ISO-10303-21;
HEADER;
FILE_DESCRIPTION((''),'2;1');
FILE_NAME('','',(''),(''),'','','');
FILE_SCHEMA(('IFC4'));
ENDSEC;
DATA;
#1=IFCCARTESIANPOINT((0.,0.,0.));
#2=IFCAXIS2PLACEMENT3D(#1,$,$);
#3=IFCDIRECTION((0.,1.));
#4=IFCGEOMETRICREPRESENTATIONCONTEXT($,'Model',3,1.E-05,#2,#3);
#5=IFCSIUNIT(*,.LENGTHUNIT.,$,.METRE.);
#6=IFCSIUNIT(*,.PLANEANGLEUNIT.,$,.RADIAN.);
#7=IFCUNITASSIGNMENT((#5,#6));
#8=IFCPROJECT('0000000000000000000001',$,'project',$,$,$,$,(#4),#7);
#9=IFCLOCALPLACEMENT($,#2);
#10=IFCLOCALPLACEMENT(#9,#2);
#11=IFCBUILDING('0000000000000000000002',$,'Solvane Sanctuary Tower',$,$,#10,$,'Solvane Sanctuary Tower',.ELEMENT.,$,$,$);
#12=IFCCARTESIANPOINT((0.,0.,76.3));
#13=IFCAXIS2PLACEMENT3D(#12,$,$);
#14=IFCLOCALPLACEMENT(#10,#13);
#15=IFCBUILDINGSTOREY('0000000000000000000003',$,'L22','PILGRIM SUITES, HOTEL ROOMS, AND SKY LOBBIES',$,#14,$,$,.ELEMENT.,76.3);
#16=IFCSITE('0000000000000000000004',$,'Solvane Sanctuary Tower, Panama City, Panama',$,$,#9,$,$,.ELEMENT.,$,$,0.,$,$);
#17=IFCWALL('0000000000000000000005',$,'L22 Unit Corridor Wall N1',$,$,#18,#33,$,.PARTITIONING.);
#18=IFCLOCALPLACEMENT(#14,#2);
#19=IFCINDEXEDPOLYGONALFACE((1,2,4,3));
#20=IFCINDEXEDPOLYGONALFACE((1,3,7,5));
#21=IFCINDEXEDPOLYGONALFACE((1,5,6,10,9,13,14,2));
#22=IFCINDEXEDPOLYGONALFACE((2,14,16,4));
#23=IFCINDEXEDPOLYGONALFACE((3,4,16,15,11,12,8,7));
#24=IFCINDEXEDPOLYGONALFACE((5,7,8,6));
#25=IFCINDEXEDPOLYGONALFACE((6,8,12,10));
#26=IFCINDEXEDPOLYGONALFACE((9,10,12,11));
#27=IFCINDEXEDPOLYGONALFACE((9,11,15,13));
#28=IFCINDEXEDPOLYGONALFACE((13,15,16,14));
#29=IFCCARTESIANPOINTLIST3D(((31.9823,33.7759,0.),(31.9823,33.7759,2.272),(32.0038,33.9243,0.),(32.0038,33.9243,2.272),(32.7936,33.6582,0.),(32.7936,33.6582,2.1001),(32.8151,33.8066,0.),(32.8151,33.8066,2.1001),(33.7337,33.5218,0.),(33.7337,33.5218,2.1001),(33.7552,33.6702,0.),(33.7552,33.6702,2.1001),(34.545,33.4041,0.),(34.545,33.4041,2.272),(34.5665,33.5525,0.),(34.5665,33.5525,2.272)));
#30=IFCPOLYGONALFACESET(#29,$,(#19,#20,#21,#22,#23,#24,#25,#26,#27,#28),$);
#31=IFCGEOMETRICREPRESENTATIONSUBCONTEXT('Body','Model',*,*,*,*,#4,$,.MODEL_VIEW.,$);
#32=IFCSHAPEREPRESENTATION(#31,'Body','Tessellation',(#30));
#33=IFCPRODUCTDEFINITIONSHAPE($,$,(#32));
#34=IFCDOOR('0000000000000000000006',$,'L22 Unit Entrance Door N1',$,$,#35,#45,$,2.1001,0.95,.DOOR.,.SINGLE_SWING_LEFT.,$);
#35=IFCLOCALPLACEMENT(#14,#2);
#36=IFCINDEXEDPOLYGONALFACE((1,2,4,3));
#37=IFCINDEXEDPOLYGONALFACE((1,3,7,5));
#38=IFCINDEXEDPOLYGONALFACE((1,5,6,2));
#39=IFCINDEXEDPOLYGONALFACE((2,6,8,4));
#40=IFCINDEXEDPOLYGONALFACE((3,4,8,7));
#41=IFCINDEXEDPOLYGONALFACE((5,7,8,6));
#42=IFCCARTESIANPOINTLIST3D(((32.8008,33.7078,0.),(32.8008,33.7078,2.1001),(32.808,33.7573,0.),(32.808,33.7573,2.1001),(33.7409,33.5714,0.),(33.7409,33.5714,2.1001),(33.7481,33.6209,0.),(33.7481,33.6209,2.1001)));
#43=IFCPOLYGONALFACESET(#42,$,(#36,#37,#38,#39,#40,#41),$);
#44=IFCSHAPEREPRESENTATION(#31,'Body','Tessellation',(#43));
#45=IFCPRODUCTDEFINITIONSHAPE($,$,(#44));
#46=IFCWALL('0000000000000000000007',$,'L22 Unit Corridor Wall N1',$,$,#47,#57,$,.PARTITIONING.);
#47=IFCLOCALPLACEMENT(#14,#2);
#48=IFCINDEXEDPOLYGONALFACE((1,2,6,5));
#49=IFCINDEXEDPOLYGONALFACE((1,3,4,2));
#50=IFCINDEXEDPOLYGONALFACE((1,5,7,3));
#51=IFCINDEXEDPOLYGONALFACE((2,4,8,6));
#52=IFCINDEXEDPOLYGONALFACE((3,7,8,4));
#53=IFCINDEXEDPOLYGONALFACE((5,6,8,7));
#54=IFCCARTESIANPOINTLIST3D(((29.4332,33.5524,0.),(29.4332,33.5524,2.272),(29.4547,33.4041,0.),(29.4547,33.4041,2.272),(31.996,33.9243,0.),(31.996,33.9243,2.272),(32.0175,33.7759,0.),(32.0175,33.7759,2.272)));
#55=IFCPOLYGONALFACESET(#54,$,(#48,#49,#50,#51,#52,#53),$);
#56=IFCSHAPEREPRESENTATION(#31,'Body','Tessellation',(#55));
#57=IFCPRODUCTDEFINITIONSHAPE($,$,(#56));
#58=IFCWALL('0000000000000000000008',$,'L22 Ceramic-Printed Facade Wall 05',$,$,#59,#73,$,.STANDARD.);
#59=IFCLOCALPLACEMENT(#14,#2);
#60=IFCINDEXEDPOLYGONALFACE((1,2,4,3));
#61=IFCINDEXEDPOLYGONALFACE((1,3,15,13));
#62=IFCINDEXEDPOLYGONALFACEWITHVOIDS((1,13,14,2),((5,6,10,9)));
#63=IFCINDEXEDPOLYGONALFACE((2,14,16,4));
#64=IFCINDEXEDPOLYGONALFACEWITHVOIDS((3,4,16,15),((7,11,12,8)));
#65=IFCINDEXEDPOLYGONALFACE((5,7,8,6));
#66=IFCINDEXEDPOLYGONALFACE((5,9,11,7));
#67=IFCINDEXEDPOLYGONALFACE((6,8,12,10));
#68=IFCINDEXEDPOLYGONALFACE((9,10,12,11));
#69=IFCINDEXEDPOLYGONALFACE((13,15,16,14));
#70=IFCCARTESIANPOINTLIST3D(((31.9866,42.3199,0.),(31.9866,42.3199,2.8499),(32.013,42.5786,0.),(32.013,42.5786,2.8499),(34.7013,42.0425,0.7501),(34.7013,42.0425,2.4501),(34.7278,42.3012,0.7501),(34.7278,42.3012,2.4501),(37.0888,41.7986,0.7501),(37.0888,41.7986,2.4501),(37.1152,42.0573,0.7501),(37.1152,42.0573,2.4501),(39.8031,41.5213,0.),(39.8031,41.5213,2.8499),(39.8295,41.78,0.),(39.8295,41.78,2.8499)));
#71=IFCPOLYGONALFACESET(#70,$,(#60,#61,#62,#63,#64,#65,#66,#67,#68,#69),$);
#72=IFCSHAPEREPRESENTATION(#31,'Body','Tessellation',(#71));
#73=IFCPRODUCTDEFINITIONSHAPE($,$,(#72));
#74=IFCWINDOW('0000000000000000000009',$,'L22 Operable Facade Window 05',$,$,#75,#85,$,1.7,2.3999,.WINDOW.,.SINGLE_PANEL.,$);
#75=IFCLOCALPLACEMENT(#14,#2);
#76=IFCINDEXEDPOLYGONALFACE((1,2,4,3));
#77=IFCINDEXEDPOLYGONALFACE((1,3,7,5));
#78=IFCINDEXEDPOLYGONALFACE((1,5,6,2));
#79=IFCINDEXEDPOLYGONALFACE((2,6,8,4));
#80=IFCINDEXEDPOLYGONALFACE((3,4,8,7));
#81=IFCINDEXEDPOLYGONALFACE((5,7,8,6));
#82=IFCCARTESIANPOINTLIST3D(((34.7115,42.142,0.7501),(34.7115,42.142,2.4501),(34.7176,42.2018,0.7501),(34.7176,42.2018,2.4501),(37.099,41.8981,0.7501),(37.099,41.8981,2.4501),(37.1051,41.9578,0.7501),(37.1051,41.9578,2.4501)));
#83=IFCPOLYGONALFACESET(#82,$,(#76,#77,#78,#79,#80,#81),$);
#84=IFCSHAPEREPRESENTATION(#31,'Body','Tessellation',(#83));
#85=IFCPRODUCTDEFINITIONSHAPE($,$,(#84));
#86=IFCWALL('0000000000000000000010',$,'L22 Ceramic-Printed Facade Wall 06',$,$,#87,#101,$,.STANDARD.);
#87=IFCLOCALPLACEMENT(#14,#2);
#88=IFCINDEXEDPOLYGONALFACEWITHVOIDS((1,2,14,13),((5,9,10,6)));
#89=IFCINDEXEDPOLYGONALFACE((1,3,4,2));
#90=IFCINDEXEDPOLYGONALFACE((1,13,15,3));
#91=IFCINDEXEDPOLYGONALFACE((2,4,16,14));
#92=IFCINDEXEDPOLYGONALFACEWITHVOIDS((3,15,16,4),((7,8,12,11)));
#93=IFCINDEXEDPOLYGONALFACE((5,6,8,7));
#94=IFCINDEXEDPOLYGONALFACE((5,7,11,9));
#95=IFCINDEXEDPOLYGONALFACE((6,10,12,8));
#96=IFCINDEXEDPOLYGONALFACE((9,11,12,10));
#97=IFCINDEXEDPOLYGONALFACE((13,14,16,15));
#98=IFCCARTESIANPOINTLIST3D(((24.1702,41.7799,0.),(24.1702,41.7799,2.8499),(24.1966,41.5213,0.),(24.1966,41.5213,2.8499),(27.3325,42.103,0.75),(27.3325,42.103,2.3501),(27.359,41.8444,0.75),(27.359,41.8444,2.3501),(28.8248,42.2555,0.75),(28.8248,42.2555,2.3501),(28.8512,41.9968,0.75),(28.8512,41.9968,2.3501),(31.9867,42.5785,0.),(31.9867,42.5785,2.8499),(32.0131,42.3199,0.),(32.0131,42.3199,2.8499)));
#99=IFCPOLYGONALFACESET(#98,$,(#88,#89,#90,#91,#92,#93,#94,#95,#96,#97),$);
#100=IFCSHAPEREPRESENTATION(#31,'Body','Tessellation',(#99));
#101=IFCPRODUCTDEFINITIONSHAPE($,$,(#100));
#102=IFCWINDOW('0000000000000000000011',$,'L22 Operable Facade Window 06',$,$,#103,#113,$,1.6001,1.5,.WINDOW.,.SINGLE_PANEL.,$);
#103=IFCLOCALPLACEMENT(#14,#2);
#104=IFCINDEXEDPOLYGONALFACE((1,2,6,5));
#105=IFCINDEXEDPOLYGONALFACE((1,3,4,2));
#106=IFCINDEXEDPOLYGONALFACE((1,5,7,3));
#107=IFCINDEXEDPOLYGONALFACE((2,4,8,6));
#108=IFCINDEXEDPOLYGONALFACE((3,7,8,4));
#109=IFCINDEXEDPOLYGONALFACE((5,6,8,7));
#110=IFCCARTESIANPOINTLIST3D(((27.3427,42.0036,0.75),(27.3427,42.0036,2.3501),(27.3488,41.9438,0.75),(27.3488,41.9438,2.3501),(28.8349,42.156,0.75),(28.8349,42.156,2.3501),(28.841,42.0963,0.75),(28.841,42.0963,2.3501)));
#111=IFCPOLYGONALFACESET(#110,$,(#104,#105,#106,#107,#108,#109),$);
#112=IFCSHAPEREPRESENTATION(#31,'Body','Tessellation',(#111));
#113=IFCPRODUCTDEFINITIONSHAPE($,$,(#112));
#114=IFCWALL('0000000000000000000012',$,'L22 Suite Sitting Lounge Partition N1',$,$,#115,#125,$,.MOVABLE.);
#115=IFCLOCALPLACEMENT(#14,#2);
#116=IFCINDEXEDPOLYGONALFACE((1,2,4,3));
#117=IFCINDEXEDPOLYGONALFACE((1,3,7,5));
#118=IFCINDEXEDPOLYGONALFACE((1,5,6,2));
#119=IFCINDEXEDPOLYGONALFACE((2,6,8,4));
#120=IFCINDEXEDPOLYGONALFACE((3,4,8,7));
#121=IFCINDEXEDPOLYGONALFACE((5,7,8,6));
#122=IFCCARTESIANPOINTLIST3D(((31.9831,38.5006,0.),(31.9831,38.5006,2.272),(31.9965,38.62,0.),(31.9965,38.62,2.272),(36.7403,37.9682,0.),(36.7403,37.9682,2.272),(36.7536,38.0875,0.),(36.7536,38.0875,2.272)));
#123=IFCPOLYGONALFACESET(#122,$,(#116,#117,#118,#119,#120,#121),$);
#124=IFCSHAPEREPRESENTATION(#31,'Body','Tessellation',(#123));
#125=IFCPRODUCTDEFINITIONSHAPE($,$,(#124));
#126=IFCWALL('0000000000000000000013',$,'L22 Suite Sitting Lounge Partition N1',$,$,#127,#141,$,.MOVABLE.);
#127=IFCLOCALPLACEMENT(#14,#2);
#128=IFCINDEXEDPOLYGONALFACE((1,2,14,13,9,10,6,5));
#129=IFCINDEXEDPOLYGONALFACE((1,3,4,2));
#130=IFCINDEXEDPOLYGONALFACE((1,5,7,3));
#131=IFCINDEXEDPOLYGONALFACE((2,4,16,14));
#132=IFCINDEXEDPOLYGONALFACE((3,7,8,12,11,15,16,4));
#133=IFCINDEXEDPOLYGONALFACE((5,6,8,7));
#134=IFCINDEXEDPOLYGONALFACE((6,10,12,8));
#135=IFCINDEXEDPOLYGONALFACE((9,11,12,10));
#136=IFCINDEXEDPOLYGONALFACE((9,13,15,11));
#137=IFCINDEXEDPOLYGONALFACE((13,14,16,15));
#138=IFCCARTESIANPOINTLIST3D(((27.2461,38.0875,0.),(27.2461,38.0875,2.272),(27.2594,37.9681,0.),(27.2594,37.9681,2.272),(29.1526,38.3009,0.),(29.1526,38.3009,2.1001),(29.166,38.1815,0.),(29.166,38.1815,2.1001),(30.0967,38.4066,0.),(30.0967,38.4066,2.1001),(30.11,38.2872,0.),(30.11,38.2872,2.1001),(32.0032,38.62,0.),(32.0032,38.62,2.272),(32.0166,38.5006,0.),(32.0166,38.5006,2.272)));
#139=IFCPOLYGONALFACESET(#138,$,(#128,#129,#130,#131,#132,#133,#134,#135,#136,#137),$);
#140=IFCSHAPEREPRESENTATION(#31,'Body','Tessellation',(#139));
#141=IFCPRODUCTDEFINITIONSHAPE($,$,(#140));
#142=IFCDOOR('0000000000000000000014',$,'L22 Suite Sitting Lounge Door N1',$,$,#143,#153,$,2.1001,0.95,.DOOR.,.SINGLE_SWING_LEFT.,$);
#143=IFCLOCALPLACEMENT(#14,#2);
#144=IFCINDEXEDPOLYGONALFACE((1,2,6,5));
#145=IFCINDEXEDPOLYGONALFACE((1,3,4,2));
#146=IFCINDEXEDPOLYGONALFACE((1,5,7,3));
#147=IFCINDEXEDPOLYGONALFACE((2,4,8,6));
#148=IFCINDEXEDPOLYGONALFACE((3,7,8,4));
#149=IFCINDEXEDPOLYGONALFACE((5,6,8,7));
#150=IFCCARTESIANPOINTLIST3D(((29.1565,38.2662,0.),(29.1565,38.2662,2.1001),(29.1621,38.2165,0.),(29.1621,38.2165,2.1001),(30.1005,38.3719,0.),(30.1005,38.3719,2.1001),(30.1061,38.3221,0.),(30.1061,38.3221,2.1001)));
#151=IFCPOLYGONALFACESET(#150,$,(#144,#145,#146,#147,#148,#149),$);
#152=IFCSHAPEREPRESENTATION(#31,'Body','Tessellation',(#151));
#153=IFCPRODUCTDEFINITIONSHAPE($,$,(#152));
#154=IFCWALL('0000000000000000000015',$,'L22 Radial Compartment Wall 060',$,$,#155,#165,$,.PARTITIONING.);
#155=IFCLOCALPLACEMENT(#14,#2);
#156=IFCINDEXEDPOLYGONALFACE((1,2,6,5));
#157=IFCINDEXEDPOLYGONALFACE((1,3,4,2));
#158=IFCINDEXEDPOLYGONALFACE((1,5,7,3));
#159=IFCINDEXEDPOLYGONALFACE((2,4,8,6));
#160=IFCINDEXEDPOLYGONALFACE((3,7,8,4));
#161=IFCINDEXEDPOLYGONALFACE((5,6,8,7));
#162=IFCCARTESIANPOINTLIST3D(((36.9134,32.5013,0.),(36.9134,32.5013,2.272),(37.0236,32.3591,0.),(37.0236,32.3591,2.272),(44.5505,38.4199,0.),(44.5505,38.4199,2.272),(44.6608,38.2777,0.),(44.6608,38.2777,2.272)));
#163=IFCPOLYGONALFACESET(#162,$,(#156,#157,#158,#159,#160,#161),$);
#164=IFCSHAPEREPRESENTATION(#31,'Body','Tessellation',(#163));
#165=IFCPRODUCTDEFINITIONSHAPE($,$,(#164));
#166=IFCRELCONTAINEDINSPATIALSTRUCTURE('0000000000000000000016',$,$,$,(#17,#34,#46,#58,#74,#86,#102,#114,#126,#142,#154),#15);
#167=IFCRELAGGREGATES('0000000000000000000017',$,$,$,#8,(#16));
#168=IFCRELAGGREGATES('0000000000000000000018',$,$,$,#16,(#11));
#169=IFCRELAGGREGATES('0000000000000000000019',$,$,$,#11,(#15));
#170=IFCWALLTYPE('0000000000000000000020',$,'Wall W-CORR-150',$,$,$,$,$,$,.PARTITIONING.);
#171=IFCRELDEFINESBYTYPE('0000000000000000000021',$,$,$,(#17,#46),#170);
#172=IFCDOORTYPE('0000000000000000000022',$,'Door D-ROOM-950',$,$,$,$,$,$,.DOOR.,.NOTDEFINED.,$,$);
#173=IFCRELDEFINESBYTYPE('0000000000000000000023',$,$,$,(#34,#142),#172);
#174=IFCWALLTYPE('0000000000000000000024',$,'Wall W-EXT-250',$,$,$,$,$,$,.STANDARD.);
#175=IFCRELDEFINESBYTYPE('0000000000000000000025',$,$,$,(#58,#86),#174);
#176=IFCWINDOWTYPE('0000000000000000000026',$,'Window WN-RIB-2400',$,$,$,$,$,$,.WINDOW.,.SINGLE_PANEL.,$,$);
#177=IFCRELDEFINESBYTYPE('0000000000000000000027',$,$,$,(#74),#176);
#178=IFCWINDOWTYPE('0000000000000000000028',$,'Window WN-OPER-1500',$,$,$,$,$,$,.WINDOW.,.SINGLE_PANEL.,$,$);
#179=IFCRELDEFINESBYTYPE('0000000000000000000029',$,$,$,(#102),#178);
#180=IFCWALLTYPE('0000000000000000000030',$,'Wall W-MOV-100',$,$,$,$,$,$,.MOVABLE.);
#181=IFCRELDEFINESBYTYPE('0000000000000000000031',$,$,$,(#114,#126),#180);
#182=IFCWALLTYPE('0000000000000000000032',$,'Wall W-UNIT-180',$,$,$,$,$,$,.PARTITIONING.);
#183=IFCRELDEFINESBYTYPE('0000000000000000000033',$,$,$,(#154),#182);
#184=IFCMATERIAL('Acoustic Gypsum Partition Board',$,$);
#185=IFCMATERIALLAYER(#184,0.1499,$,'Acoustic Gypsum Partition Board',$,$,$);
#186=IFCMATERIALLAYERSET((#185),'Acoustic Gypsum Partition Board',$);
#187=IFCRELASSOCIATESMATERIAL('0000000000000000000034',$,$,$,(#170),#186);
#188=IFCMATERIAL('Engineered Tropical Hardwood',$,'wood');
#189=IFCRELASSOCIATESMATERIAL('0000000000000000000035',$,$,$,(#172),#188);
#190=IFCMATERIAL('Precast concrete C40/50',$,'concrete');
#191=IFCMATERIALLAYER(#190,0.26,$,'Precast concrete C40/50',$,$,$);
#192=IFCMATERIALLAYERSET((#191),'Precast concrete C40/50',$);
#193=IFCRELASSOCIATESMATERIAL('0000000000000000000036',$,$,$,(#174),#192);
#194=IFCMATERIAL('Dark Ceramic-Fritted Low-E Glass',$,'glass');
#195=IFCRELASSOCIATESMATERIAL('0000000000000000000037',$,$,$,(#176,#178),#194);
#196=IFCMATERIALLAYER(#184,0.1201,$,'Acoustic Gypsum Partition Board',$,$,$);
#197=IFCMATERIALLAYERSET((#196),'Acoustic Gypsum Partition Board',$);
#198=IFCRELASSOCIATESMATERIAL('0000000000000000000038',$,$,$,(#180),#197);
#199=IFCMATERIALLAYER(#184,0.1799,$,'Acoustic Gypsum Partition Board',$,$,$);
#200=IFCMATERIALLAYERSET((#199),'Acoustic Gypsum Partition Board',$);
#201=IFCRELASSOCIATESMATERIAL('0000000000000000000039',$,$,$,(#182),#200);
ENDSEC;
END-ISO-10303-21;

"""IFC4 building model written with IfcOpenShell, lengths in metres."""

from ifc_helpers import new_model, si_unit, direction, frame, frame_2d, origin, place, context, subcontext, project, spatial, rectangle, extrude, material, layer, layer_set, type_object, element, fill, save


model = new_model("IFC4")

# Units and contexts
model_context = context("Model", 3, precision=1e-05, world=origin(), true_north=direction((0.0, 1.0)))
body_context = subcontext(model_context, "Body", "Model", "MODEL_VIEW")
ifc_project = project(units=[si_unit("LENGTHUNIT", "METRE"), si_unit("PLANEANGLEUNIT", "RADIAN")], contexts=[model_context])

# Site, building, storey
site_placement = place(None, origin())
site = spatial("IfcSite", under=ifc_project, at=site_placement, Name="Solvane Sanctuary Tower, Panama City, Panama", CompositionType="ELEMENT", RefElevation=0.0)
building_placement = place(site_placement, origin())
building = spatial("IfcBuilding", under=site, at=building_placement, Name="Solvane Sanctuary Tower", LongName="Solvane Sanctuary Tower", CompositionType="ELEMENT")
storey_placement = place(building_placement, frame((0.0, 0.0, 76.3)))
storey = spatial("IfcBuildingStorey", under=building, at=storey_placement, Name="L22", Description="PILGRIM SUITES, HOTEL ROOMS, AND SKY LOBBIES", CompositionType="ELEMENT", Elevation=76.3)

# Shared definitions
ifc_material_1 = material(Name="Acoustic Gypsum Partition Board")
ifc_layer_1 = layer(ifc_material_1, 0.1499, Name="Acoustic Gypsum Partition Board")
ifc_layer_set_1 = layer_set([ifc_layer_1], Name="Acoustic Gypsum Partition Board")
wall_type_1 = type_object("IfcWallType", Name="Wall W-CORR-150", PredefinedType="PARTITIONING", material=ifc_layer_set_1)

# Shared definitions
ifc_material_2 = material(Name="Engineered Tropical Hardwood", Category="wood")

# Wall, opening, door
wall_1_placement = place(storey_placement, frame((34.5559, 33.4783, 0.0), z_axis=(0.0, 0.0, 1.0), x_axis=(-0.989638, 0.143586, 0.0)))
wall_1 = element("IfcWall", 1, at=wall_1_placement, inside=storey, type_object=wall_type_1, Name="L22 Unit Corridor Wall N1", PredefinedType="PARTITIONING", context=body_context, shape_type="SweptSolid", body=[
    extrude(rectangle(XDim=2.5896, YDim=0.1499, at=frame_2d((1.2949, 0.0))), origin(), (0.0, 0.0, 1.0), 2.272),
])
opening_1_placement = place(wall_1_placement, frame((0.8198, 0.0, 0.0)))
opening_1 = element("IfcOpeningElement", 2, at=opening_1_placement, cuts=wall_1, PredefinedType="OPENING", context=body_context, shape_type="SweptSolid", body=[
    extrude(rectangle(XDim=0.95, YDim=2.1001, at=frame_2d((0.4751, 1.05))), frame((0.0, 0.085, 0.0), z_axis=(0.0, -1.0, 0.0), x_axis=(1.0, 0.0, 0.0)), (0.0, 0.0, 1.0), 0.1699),
])
door_type_1 = type_object("IfcDoorType", Name="Door D-ROOM-950", OperationType="NOTDEFINED", PredefinedType="DOOR", material=ifc_material_2)
door_1_placement = place(opening_1_placement, origin())
door_1 = element("IfcDoor", 3, at=door_1_placement, inside=storey, type_object=door_type_1, Name="L22 Unit Entrance Door N1", OperationType="SINGLE_SWING_LEFT", OverallHeight=2.1001, OverallWidth=0.95, PredefinedType="DOOR", context=body_context, shape_type="SweptSolid", body=[
    extrude(rectangle(XDim=0.95, YDim=2.1001, at=frame_2d((0.4751, 1.05))), frame((0.0, 0.0249, 0.0), z_axis=(0.0, -1.0, 0.0), x_axis=(1.0, 0.0, 0.0)), (0.0, 0.0, 1.0), 0.05),
])
fill(opening_1, door_1)

# Wall
wall_2_placement = place(storey_placement, frame((32.0068, 33.8501, 0.0), z_axis=(0.0, 0.0, 1.0), x_axis=(-0.989638, -0.143586, 0.0)))
element("IfcWall", 4, at=wall_2_placement, inside=storey, type_object=wall_type_1, Name="L22 Unit Corridor Wall N1", PredefinedType="PARTITIONING", context=body_context, shape_type="SweptSolid", body=[
    extrude(rectangle(XDim=2.5896, YDim=0.1499, at=frame_2d((1.2949, 0.0))), origin(), (0.0, 0.0, 1.0), 2.272),
])

# Walls, openings, windows
ifc_material_3 = material(Name="Precast concrete C40/50", Category="concrete")
ifc_layer_2 = layer(ifc_material_3, 0.26, Name="Precast concrete C40/50")
ifc_layer_set_2 = layer_set([ifc_layer_2], Name="Precast concrete C40/50")
wall_type_2 = type_object("IfcWallType", Name="Wall W-EXT-250", PredefinedType="STANDARD", material=ifc_layer_set_2)
wall_3_placement = place(storey_placement, frame((39.8164, 41.6506, 0.0), z_axis=(0.0, 0.0, 1.0), x_axis=(-0.994821, 0.101639, 0.0)))
wall_3 = element("IfcWall", 5, at=wall_3_placement, inside=storey, type_object=wall_type_2, Name="L22 Ceramic-Printed Facade Wall 05", PredefinedType="STANDARD", context=body_context, shape_type="SweptSolid", body=[
    extrude(rectangle(XDim=7.8572, YDim=0.26, at=frame_2d((3.9287, 0.0))), origin(), (0.0, 0.0, 1.0), 2.8499),
])
opening_2_placement = place(wall_3_placement, frame((2.7285, 0.0, 0.75)))
opening_2 = element("IfcOpeningElement", 6, at=opening_2_placement, cuts=wall_3, PredefinedType="OPENING", context=body_context, shape_type="SweptSolid", body=[
    extrude(rectangle(XDim=2.3999, YDim=1.7, at=frame_2d((1.2, 0.8501))), frame((0.0, 0.1399, 0.0), z_axis=(0.0, -1.0, 0.0), x_axis=(1.0, 0.0, 0.0)), (0.0, 0.0, 1.0), 0.28),
])
ifc_material_4 = material(Name="Dark Ceramic-Fritted Low-E Glass", Category="glass")
window_type_1 = type_object("IfcWindowType", Name="Window WN-RIB-2400", PartitioningType="SINGLE_PANEL", PredefinedType="WINDOW", material=ifc_material_4)
window_1_placement = place(opening_2_placement, origin())
window_1 = element("IfcWindow", 7, at=window_1_placement, inside=storey, type_object=window_type_1, Name="L22 Operable Facade Window 05", OverallHeight=1.7, OverallWidth=2.3999, PartitioningType="SINGLE_PANEL", PredefinedType="WINDOW", context=body_context, shape_type="SweptSolid", body=[
    extrude(rectangle(XDim=2.3999, YDim=1.7, at=frame_2d((1.2, 0.8501))), frame((0.0, 0.03, 0.0), z_axis=(0.0, -1.0, 0.0), x_axis=(1.0, 0.0, 0.0)), (0.0, 0.0, 1.0), 0.0601),
])
fill(opening_2, window_1)
wall_4_placement = place(storey_placement, frame((32.0, 42.4492, 0.0), z_axis=(0.0, 0.0, 1.0), x_axis=(-0.994821, -0.101639, 0.0)))
wall_4 = element("IfcWall", 8, at=wall_4_placement, inside=storey, type_object=wall_type_2, Name="L22 Ceramic-Printed Facade Wall 06", PredefinedType="STANDARD", context=body_context, shape_type="SweptSolid", body=[
    extrude(rectangle(XDim=7.8572, YDim=0.26, at=frame_2d((3.9287, 0.0))), origin(), (0.0, 0.0, 1.0), 2.8499),
])
opening_3_placement = place(wall_4_placement, frame((3.1785, 0.0, 0.75)))
opening_3 = element("IfcOpeningElement", 9, at=opening_3_placement, cuts=wall_4, PredefinedType="OPENING", context=body_context, shape_type="SweptSolid", body=[
    extrude(rectangle(XDim=1.5, YDim=1.6001, at=frame_2d((0.75, 0.8))), frame((0.0, 0.1399, 0.0), z_axis=(0.0, -1.0, 0.0), x_axis=(1.0, 0.0, 0.0)), (0.0, 0.0, 1.0), 0.28),
])
window_type_2 = type_object("IfcWindowType", Name="Window WN-OPER-1500", PartitioningType="SINGLE_PANEL", PredefinedType="WINDOW", material=ifc_material_4)
window_2_placement = place(opening_3_placement, origin())
window_2 = element("IfcWindow", 10, at=window_2_placement, inside=storey, type_object=window_type_2, Name="L22 Operable Facade Window 06", OverallHeight=1.6001, OverallWidth=1.5, PartitioningType="SINGLE_PANEL", PredefinedType="WINDOW", context=body_context, shape_type="SweptSolid", body=[
    extrude(rectangle(XDim=1.5, YDim=1.6001, at=frame_2d((0.75, 0.8))), frame((0.0, 0.03, 0.0), z_axis=(0.0, -1.0, 0.0), x_axis=(1.0, 0.0, 0.0)), (0.0, 0.0, 1.0), 0.0601),
])
fill(opening_3, window_2)

# Wall
ifc_layer_3 = layer(ifc_material_1, 0.1201, Name="Acoustic Gypsum Partition Board")
ifc_layer_set_3 = layer_set([ifc_layer_3], Name="Acoustic Gypsum Partition Board")
wall_type_3 = type_object("IfcWallType", Name="Wall W-MOV-100", PredefinedType="MOVABLE", material=ifc_layer_set_3)
wall_5_placement = place(storey_placement, frame((36.7471, 38.0278, 0.0), z_axis=(0.0, 0.0, 1.0), x_axis=(-0.993794, 0.111238, 0.0)))
element("IfcWall", 11, at=wall_5_placement, inside=storey, type_object=wall_type_3, Name="L22 Suite Sitting Lounge Partition N1", PredefinedType="MOVABLE", context=body_context, shape_type="SweptSolid", body=[
    extrude(rectangle(XDim=4.7869, YDim=0.1201, at=frame_2d((2.3936, 0.0))), origin(), (0.0, 0.0, 1.0), 2.272),
])

# Wall, opening, door
wall_6_placement = place(storey_placement, frame((32.01, 38.5603, 0.0), z_axis=(0.0, 0.0, 1.0), x_axis=(-0.993794, -0.111238, 0.0)))
wall_6 = element("IfcWall", 12, at=wall_6_placement, inside=storey, type_object=wall_type_3, Name="L22 Suite Sitting Lounge Partition N1", PredefinedType="MOVABLE", context=body_context, shape_type="SweptSolid", body=[
    extrude(rectangle(XDim=4.7869, YDim=0.1201, at=frame_2d((2.3936, 0.0))), origin(), (0.0, 0.0, 1.0), 2.272),
])
opening_4_placement = place(wall_6_placement, frame((1.9185, 0.0, 0.0)))
opening_4 = element("IfcOpeningElement", 13, at=opening_4_placement, cuts=wall_6, PredefinedType="OPENING", context=body_context, shape_type="SweptSolid", body=[
    extrude(rectangle(XDim=0.95, YDim=2.1001, at=frame_2d((0.4751, 1.05))), frame((0.0, 0.0701, 0.0), z_axis=(0.0, -1.0, 0.0), x_axis=(1.0, 0.0, 0.0)), (0.0, 0.0, 1.0), 0.1401),
])
door_2_placement = place(opening_4_placement, origin())
door_2 = element("IfcDoor", 14, at=door_2_placement, inside=storey, type_object=door_type_1, Name="L22 Suite Sitting Lounge Door N1", OperationType="SINGLE_SWING_LEFT", OverallHeight=2.1001, OverallWidth=0.95, PredefinedType="DOOR", context=body_context, shape_type="SweptSolid", body=[
    extrude(rectangle(XDim=0.95, YDim=2.1001, at=frame_2d((0.4751, 1.05))), frame((0.0, 0.0249, 0.0), z_axis=(0.0, -1.0, 0.0), x_axis=(1.0, 0.0, 0.0)), (0.0, 0.0, 1.0), 0.05),
])
fill(opening_4, door_2)

# Wall
ifc_layer_4 = layer(ifc_material_1, 0.1799, Name="Acoustic Gypsum Partition Board")
ifc_layer_set_4 = layer_set([ifc_layer_4], Name="Acoustic Gypsum Partition Board")
wall_type_4 = type_object("IfcWallType", Name="Wall W-UNIT-180", PredefinedType="PARTITIONING", material=ifc_layer_set_4)
wall_7_placement = place(storey_placement, frame((36.9685, 32.4302, 0.0), z_axis=(0.0, 0.0, 1.0), x_axis=(0.790422, 0.612563, 0.0)))
element("IfcWall", 15, at=wall_7_placement, inside=storey, type_object=wall_type_4, Name="L22 Radial Compartment Wall 060", PredefinedType="PARTITIONING", context=body_context, shape_type="SweptSolid", body=[
    extrude(rectangle(XDim=9.6621, YDim=0.1799, at=frame_2d((4.8311, 0.0))), origin(), (0.0, 0.0, 1.0), 2.272),
])

save(model, "model.ifc")
